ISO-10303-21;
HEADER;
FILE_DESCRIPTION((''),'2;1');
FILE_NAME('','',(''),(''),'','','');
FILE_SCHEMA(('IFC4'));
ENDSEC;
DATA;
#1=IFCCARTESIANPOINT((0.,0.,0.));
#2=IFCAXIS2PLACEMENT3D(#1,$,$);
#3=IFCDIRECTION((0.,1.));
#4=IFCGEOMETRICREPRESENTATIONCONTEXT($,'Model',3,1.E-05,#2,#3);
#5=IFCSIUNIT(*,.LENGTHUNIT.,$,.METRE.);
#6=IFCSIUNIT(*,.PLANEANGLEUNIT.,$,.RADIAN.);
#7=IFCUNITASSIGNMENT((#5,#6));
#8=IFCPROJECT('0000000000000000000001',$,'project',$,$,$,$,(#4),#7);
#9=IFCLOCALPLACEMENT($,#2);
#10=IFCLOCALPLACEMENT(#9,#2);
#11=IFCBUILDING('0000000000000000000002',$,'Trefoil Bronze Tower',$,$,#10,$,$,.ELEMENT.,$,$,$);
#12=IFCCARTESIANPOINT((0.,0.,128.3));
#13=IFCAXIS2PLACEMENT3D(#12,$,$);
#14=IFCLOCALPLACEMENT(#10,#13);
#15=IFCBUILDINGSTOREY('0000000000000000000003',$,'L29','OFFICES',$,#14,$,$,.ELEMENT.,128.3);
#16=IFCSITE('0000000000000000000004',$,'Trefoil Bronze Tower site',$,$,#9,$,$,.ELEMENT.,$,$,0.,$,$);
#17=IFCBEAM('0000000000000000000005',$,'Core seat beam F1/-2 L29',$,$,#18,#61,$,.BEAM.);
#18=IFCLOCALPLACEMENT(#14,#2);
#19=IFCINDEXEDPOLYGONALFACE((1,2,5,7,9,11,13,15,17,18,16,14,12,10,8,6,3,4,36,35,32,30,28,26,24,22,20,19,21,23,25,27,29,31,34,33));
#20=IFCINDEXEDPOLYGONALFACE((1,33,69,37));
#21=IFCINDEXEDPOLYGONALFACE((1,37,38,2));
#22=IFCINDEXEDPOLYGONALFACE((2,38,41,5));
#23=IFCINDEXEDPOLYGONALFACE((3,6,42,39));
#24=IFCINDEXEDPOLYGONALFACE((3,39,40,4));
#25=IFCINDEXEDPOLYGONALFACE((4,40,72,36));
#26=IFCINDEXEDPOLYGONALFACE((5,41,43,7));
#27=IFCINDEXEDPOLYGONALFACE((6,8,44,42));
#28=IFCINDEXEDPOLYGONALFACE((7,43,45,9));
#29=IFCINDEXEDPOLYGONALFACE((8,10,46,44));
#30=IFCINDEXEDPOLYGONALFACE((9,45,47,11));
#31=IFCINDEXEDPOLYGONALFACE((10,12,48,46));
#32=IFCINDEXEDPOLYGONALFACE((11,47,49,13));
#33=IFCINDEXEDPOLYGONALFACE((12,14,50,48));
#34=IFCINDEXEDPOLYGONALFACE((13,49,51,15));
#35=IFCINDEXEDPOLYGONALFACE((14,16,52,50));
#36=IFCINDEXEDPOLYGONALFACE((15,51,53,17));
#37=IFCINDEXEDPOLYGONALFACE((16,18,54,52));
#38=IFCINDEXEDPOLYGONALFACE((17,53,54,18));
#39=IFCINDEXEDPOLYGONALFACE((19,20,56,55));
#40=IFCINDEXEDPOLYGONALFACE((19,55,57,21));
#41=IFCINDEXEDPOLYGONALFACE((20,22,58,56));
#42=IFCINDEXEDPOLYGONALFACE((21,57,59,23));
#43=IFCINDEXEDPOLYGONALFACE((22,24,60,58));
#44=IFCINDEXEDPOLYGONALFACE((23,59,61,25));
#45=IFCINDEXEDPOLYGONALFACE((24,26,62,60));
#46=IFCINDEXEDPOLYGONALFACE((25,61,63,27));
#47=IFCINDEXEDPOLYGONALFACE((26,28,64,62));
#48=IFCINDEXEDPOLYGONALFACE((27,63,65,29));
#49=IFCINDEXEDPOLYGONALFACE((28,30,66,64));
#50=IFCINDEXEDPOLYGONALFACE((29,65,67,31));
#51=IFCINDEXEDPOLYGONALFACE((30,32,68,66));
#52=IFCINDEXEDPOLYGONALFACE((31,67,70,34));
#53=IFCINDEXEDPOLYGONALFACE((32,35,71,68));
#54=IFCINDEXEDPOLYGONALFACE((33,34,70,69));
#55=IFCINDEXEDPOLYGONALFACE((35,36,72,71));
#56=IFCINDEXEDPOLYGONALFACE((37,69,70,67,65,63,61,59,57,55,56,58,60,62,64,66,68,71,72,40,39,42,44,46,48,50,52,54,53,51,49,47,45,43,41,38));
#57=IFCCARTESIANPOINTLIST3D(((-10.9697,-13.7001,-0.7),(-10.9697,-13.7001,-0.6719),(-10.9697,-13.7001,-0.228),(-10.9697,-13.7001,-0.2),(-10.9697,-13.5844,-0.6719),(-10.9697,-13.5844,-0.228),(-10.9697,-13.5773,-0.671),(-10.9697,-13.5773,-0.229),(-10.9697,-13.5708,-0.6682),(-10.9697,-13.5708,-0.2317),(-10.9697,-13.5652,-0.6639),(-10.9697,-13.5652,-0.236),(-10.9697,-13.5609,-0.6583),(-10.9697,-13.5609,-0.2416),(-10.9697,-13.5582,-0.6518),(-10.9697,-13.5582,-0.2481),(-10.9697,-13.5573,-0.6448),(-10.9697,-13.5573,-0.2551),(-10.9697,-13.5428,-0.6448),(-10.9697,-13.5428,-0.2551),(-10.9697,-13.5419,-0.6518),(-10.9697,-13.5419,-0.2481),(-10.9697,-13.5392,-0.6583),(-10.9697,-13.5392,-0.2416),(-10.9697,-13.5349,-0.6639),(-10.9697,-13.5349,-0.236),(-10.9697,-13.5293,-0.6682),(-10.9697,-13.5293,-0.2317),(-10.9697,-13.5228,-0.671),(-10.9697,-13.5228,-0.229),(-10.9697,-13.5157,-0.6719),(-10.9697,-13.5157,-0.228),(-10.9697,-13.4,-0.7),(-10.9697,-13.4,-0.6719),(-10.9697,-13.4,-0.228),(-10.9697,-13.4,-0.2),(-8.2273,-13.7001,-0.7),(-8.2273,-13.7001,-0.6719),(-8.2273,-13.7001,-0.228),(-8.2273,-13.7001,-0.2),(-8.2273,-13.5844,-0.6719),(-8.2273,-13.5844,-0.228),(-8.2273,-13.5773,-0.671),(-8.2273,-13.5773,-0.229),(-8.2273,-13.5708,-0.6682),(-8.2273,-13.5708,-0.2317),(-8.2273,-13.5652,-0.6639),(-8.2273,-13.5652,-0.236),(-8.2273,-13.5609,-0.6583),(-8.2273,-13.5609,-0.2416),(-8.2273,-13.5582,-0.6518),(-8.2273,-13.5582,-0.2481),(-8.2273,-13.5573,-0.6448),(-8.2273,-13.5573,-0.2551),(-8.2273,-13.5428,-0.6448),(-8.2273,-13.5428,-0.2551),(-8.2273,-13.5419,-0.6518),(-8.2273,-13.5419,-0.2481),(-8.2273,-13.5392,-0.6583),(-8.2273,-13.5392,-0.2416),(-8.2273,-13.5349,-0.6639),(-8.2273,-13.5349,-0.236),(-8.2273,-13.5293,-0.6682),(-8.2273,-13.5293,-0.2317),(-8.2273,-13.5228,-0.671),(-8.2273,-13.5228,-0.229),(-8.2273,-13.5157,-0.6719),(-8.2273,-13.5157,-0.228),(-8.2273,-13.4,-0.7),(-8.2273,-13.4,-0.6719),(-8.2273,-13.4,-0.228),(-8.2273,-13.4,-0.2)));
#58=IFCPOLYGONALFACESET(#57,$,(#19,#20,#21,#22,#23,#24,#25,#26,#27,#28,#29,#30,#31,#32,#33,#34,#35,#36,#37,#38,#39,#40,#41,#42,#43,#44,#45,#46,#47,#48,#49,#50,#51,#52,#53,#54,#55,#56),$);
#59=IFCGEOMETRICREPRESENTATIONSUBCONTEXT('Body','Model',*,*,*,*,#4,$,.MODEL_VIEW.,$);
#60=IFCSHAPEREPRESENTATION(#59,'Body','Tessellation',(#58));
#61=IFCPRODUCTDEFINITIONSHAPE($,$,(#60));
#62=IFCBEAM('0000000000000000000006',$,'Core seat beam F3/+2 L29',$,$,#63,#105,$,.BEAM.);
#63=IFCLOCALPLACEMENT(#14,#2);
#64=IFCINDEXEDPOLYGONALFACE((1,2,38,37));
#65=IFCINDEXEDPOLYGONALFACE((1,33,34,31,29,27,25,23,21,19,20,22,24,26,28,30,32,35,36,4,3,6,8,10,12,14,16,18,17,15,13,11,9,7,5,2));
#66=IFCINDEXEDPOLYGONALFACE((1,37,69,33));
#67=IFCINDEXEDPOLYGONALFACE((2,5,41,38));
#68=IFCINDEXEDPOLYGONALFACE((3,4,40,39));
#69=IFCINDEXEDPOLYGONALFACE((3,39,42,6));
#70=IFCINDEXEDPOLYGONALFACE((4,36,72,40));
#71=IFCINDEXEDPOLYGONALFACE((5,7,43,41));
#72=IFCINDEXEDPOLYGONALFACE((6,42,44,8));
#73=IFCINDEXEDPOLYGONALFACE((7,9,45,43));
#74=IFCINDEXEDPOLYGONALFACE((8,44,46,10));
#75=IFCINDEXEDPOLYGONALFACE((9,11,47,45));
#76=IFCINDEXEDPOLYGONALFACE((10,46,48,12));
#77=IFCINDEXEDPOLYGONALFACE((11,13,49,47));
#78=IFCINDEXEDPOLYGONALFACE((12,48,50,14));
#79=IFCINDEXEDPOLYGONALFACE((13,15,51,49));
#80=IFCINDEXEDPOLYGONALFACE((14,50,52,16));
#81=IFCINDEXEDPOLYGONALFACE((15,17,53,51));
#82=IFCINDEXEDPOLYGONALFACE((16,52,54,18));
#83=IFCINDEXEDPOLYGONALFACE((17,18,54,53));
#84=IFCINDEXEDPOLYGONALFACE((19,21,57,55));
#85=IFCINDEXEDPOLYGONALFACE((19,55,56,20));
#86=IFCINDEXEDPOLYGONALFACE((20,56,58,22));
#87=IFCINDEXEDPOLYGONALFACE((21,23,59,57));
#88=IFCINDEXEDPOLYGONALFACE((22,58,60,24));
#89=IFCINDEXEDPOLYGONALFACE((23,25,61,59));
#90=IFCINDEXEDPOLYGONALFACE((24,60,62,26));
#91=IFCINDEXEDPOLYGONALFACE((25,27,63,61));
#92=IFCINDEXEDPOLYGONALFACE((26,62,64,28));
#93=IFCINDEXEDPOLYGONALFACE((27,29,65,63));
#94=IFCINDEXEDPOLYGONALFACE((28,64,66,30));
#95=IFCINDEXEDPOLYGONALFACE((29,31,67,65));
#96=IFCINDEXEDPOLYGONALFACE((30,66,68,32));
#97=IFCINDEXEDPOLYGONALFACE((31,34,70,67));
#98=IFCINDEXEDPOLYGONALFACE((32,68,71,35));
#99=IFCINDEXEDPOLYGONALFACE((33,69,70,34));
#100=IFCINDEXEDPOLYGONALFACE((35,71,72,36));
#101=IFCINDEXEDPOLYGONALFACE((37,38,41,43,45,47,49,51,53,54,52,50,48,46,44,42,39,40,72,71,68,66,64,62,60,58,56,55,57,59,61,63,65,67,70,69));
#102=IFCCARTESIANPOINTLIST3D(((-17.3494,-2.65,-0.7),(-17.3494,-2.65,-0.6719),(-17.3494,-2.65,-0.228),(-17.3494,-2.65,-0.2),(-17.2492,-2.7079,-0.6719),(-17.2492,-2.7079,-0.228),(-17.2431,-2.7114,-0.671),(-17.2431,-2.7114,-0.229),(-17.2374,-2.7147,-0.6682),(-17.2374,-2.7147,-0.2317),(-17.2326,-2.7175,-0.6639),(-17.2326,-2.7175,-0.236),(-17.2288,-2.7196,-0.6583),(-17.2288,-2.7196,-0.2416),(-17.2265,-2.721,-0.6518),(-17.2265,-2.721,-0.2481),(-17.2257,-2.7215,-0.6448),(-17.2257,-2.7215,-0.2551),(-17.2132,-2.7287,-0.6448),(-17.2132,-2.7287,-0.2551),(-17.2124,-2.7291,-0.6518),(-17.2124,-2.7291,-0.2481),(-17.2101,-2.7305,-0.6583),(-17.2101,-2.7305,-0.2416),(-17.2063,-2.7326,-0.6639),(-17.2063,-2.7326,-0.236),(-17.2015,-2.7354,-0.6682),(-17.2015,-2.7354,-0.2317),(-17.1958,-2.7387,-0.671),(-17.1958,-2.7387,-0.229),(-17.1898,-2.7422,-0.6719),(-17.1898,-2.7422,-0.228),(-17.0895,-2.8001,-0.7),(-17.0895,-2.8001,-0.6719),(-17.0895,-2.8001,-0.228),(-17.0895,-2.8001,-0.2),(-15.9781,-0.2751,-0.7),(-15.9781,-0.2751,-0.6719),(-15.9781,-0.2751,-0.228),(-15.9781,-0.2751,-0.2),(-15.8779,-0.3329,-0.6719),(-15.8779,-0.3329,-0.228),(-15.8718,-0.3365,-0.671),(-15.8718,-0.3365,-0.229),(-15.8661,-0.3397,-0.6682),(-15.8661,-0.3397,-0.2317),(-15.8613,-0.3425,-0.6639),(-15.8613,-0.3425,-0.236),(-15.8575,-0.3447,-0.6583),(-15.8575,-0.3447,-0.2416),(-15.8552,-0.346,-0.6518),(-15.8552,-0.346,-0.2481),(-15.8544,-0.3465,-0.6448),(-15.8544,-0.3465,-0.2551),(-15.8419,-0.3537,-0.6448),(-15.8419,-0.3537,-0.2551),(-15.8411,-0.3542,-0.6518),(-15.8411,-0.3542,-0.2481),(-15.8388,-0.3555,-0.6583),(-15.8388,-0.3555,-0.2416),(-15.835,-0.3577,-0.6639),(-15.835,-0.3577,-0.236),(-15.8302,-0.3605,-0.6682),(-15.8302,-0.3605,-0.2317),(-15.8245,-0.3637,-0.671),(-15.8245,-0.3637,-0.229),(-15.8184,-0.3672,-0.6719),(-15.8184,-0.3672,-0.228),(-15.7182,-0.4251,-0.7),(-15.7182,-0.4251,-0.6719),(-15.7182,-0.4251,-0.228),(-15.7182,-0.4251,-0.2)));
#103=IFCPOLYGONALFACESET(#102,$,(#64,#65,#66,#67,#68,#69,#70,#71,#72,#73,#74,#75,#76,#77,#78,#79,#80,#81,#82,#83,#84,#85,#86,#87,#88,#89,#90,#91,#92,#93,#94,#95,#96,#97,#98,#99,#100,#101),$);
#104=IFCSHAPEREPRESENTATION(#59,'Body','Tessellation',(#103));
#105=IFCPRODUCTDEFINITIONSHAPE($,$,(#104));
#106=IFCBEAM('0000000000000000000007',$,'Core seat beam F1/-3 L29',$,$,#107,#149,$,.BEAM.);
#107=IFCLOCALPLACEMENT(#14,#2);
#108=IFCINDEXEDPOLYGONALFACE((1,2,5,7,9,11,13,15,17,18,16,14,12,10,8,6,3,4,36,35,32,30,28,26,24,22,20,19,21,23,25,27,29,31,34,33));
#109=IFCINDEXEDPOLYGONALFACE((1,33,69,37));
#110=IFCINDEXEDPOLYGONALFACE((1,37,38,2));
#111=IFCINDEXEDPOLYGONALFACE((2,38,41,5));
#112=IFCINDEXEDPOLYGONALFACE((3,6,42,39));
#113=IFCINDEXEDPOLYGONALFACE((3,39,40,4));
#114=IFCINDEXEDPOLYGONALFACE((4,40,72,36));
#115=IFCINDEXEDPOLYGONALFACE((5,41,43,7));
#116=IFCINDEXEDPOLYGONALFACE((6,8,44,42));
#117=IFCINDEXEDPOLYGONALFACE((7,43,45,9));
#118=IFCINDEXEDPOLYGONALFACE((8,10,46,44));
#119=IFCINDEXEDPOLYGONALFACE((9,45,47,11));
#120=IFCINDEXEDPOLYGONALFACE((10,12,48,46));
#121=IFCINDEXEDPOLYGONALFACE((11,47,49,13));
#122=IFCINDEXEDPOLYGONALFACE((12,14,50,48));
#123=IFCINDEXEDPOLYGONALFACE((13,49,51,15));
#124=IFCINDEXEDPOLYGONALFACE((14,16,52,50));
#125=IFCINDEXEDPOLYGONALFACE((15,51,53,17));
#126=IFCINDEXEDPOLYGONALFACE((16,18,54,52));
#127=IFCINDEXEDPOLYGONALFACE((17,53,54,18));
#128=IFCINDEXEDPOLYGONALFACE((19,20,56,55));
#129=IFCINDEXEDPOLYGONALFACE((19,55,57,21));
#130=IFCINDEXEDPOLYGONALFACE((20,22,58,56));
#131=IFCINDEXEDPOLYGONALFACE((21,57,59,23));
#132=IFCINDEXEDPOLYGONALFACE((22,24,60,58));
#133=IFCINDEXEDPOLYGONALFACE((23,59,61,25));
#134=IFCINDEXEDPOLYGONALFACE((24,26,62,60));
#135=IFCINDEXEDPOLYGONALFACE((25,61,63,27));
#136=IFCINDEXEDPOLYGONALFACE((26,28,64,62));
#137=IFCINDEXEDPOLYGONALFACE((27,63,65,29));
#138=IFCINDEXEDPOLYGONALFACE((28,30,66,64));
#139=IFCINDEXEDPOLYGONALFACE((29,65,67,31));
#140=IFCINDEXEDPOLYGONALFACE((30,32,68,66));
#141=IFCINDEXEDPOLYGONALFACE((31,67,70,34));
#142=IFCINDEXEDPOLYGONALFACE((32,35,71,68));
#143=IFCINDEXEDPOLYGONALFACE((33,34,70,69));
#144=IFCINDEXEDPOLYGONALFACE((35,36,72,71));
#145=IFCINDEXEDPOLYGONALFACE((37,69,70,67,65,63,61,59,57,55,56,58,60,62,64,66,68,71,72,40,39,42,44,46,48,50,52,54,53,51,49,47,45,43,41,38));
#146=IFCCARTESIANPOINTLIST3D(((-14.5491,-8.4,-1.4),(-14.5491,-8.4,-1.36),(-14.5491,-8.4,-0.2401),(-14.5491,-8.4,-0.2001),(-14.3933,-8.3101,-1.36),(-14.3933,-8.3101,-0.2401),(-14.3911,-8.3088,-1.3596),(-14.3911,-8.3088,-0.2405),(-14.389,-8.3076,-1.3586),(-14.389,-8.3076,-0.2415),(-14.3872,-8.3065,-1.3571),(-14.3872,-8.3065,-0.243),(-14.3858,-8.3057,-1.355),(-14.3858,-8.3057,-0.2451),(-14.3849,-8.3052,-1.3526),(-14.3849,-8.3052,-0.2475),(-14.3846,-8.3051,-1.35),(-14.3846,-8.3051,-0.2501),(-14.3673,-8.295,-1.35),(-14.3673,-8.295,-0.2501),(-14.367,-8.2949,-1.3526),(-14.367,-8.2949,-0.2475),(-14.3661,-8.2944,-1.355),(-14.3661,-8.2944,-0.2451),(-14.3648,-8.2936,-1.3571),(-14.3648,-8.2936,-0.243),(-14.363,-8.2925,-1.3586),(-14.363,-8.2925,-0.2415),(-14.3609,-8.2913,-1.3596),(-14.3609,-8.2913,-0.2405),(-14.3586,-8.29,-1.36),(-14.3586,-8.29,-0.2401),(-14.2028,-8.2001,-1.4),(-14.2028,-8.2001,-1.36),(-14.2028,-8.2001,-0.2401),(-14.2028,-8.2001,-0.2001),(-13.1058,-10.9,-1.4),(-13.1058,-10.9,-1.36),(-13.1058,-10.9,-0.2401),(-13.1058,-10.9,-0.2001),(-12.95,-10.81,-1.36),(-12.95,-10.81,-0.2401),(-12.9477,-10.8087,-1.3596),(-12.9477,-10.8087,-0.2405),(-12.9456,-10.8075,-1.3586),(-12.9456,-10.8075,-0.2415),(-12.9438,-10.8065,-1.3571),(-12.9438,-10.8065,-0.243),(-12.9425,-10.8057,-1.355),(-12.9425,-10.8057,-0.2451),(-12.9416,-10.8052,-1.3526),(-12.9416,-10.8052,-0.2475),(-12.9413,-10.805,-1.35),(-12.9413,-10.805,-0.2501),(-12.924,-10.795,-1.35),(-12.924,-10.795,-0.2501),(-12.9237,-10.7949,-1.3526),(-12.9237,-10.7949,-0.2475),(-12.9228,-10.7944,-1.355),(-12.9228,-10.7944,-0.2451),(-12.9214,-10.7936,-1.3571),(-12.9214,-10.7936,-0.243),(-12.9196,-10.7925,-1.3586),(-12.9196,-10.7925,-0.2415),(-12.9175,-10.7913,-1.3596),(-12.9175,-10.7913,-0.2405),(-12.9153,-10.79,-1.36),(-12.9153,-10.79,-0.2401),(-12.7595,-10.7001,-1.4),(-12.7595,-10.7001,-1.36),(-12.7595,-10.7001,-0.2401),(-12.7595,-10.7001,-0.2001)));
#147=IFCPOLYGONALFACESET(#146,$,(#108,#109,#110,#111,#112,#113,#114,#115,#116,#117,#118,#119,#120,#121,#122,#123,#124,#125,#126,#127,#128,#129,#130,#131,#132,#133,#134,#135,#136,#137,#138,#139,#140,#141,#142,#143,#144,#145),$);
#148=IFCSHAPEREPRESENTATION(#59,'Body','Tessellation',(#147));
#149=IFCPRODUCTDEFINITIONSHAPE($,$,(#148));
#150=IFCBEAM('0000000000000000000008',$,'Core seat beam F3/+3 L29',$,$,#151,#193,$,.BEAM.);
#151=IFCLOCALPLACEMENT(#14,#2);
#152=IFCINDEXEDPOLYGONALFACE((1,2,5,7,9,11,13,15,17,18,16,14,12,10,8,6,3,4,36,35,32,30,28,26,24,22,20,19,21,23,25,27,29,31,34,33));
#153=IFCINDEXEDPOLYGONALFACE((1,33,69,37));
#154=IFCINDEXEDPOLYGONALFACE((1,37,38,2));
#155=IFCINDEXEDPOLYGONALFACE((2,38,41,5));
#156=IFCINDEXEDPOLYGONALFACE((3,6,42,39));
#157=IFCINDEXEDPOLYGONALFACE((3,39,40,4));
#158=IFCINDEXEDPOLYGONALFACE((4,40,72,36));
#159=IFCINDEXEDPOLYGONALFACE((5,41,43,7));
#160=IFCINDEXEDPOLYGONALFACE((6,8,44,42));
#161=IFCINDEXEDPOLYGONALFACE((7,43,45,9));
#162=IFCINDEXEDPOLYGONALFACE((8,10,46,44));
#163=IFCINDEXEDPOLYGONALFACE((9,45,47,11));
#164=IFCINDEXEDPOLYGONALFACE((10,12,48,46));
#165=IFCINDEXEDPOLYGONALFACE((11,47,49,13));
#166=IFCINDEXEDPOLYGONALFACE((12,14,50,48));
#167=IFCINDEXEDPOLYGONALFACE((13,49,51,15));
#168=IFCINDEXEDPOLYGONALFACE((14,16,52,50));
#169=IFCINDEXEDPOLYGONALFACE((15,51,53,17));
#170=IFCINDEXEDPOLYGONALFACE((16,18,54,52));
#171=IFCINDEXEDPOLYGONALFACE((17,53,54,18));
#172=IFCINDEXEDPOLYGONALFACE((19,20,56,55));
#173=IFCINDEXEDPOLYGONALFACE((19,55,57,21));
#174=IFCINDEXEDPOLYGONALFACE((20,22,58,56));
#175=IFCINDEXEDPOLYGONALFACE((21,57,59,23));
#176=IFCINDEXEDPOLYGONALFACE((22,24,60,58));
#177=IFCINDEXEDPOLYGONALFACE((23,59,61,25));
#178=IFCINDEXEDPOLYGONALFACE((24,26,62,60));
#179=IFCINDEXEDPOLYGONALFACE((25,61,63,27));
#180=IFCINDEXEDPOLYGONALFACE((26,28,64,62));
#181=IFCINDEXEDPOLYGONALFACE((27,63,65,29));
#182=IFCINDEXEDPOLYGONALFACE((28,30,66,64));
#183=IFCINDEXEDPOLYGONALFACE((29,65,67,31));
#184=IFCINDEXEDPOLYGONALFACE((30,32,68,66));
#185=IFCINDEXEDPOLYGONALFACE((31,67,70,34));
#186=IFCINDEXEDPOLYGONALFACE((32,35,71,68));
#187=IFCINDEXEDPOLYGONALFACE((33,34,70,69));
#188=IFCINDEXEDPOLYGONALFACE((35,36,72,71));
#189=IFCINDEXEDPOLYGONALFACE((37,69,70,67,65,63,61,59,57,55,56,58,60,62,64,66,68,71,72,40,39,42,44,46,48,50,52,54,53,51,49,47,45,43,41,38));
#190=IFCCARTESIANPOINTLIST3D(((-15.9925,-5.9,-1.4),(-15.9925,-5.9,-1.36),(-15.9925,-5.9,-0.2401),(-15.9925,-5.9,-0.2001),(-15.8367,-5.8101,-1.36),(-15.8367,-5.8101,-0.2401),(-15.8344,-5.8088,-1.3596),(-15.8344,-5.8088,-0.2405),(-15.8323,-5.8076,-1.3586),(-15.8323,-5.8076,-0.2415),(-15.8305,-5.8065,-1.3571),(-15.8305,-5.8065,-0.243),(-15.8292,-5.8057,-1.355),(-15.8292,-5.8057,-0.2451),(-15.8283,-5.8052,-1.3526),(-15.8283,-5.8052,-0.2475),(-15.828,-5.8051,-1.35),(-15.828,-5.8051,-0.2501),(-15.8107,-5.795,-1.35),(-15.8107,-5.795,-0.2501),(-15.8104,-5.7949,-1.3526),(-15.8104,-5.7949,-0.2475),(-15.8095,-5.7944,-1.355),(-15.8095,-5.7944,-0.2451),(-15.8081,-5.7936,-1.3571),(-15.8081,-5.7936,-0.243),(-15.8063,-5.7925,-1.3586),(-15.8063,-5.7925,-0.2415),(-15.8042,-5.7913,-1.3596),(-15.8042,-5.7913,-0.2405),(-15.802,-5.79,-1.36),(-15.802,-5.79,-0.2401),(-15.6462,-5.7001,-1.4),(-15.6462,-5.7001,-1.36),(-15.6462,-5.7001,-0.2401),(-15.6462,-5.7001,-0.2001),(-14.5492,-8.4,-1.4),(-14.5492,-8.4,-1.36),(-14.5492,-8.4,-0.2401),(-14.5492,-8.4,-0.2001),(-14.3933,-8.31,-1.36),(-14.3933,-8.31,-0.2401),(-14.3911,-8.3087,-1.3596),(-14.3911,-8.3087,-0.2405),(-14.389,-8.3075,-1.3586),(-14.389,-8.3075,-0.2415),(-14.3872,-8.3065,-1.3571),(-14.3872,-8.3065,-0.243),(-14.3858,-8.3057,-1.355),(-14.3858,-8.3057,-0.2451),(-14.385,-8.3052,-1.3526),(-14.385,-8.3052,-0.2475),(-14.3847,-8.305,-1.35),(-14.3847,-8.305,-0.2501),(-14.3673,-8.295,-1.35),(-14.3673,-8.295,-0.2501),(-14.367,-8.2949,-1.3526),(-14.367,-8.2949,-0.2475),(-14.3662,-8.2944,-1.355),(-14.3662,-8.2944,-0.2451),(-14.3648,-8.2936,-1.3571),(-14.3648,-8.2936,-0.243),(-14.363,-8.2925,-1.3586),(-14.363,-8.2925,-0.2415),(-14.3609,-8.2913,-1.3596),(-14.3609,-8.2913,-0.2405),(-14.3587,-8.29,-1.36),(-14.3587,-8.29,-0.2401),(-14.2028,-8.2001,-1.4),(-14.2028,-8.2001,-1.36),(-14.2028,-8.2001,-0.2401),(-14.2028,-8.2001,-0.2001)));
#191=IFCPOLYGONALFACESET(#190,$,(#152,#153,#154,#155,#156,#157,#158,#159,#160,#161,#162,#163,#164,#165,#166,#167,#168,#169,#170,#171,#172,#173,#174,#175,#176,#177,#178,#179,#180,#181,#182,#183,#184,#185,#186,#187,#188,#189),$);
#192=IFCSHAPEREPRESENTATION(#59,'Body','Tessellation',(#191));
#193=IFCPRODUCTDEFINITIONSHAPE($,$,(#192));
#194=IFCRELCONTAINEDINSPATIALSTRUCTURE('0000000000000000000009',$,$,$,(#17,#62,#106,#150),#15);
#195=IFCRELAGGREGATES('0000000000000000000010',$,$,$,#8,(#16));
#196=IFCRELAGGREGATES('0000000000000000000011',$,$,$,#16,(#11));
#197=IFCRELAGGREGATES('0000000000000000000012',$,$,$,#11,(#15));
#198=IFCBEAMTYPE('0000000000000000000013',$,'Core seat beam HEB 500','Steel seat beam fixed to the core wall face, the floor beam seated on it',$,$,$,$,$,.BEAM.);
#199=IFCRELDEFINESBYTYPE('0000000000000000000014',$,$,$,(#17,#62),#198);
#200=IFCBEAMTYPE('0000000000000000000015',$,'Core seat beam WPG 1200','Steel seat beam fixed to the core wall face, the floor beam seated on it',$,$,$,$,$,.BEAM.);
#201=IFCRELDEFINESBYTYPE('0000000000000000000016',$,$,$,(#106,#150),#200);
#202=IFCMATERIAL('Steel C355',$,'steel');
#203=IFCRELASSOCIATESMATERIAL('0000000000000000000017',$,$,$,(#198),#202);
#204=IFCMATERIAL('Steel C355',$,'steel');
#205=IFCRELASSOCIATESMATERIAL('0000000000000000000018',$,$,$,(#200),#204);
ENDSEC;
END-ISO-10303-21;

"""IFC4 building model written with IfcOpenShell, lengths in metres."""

from ifc_helpers import new_model, si_unit, direction, frame, origin, origin_2d, place, context, subcontext, project, spatial, i_section, extrude, material, material_profile, profile_set, type_object, element, save


model = new_model("IFC4")

# Units and contexts
model_context = context("Model", 3, precision=1e-05, world=origin(), true_north=direction((0.0, 1.0)))
body_context = subcontext(model_context, "Body", "Model", "MODEL_VIEW")
ifc_project = project(units=[si_unit("LENGTHUNIT", "METRE"), si_unit("PLANEANGLEUNIT", "RADIAN")], contexts=[model_context])

# Site, building, storey
site_placement = place(None, origin())
site = spatial("IfcSite", under=ifc_project, at=site_placement, Name="Trefoil Bronze Tower site", CompositionType="ELEMENT", RefElevation=0.0)
building_placement = place(site_placement, origin())
building = spatial("IfcBuilding", under=site, at=building_placement, Name="Trefoil Bronze Tower", CompositionType="ELEMENT")
storey_placement = place(building_placement, frame((0.0, 0.0, 128.3)))
storey = spatial("IfcBuildingStorey", under=building, at=storey_placement, Name="L29", Description="OFFICES", CompositionType="ELEMENT", Elevation=128.3)

# Beams
ifc_material_1 = material(Name="Steel C355", Category="steel")
ifc_material_profile_1 = material_profile(ifc_material_1, i_section(OverallWidth=0.3, OverallDepth=0.5, WebThickness=0.0144, FlangeThickness=0.0281, FilletRadius=0.0271, at=origin_2d()), Name="HEB 500")
ifc_profile_set_1 = profile_set([ifc_material_profile_1], Name="Steel C355")
beam_type_1 = type_object("IfcBeamType", Name="Core seat beam HEB 500", Description="Steel seat beam fixed to the core wall face, the floor beam seated on it", PredefinedType="BEAM", material=ifc_profile_set_1)
for number, where, z_axis, x_axis, name in (
    (1, (-10.9697, -13.55, -0.45), (1.0, 0.0, 0.0), (0.0, 1.0, 0.0), "Core seat beam F1/-2 L29"),
    (2, (-15.8481, -0.3501, -0.45), (-0.500036, -0.866005, 0.0), (0.866005, -0.500036, 0.0), "Core seat beam F3/+2 L29"),
):
    element("IfcBeam", number, at=place(storey_placement, frame(where, z_axis=z_axis, x_axis=x_axis)), inside=storey, type_object=beam_type_1, Name=name, PredefinedType="BEAM", context=body_context, shape_type="SweptSolid", body=[
        extrude(i_section(OverallWidth=0.3, OverallDepth=0.5, WebThickness=0.0144, FlangeThickness=0.0281, FilletRadius=0.0271, at=origin_2d()), origin(), (0.0, 0.0, 1.0), 2.7424),
    ])
ifc_material_2 = material(Name="Steel C355", Category="steel")
ifc_material_profile_2 = material_profile(ifc_material_2, i_section(OverallWidth=0.3999, OverallDepth=1.2, WebThickness=0.02, FlangeThickness=0.04, FilletRadius=0.01, at=origin_2d()), Name="WPG 1200")
ifc_profile_set_2 = profile_set([ifc_material_profile_2], Name="Steel C355")
beam_type_2 = type_object("IfcBeamType", Name="Core seat beam WPG 1200", Description="Steel seat beam fixed to the core wall face, the floor beam seated on it", PredefinedType="BEAM", material=ifc_profile_set_2)
for number, where, z_axis, x_axis, name in (
    (3, (-14.376, -8.3, -0.8), (0.499996, -0.866028, 0.0), (0.866028, 0.499996, 0.0), "Core seat beam F1/-3 L29"),
    (4, (-15.8193, -5.8, -0.8), (0.499996, -0.866028, 0.0), (0.866028, 0.499996, 0.0), "Core seat beam F3/+3 L29"),
):
    element("IfcBeam", number, at=place(storey_placement, frame(where, z_axis=z_axis, x_axis=x_axis)), inside=storey, type_object=beam_type_2, Name=name, PredefinedType="BEAM", context=body_context, shape_type="SweptSolid", body=[
        extrude(i_section(OverallWidth=0.3999, OverallDepth=1.2, WebThickness=0.02, FlangeThickness=0.04, FilletRadius=0.01, at=origin_2d()), origin(), (0.0, 0.0, 1.0), 2.8867),
    ])

save(model, "model.ifc")
